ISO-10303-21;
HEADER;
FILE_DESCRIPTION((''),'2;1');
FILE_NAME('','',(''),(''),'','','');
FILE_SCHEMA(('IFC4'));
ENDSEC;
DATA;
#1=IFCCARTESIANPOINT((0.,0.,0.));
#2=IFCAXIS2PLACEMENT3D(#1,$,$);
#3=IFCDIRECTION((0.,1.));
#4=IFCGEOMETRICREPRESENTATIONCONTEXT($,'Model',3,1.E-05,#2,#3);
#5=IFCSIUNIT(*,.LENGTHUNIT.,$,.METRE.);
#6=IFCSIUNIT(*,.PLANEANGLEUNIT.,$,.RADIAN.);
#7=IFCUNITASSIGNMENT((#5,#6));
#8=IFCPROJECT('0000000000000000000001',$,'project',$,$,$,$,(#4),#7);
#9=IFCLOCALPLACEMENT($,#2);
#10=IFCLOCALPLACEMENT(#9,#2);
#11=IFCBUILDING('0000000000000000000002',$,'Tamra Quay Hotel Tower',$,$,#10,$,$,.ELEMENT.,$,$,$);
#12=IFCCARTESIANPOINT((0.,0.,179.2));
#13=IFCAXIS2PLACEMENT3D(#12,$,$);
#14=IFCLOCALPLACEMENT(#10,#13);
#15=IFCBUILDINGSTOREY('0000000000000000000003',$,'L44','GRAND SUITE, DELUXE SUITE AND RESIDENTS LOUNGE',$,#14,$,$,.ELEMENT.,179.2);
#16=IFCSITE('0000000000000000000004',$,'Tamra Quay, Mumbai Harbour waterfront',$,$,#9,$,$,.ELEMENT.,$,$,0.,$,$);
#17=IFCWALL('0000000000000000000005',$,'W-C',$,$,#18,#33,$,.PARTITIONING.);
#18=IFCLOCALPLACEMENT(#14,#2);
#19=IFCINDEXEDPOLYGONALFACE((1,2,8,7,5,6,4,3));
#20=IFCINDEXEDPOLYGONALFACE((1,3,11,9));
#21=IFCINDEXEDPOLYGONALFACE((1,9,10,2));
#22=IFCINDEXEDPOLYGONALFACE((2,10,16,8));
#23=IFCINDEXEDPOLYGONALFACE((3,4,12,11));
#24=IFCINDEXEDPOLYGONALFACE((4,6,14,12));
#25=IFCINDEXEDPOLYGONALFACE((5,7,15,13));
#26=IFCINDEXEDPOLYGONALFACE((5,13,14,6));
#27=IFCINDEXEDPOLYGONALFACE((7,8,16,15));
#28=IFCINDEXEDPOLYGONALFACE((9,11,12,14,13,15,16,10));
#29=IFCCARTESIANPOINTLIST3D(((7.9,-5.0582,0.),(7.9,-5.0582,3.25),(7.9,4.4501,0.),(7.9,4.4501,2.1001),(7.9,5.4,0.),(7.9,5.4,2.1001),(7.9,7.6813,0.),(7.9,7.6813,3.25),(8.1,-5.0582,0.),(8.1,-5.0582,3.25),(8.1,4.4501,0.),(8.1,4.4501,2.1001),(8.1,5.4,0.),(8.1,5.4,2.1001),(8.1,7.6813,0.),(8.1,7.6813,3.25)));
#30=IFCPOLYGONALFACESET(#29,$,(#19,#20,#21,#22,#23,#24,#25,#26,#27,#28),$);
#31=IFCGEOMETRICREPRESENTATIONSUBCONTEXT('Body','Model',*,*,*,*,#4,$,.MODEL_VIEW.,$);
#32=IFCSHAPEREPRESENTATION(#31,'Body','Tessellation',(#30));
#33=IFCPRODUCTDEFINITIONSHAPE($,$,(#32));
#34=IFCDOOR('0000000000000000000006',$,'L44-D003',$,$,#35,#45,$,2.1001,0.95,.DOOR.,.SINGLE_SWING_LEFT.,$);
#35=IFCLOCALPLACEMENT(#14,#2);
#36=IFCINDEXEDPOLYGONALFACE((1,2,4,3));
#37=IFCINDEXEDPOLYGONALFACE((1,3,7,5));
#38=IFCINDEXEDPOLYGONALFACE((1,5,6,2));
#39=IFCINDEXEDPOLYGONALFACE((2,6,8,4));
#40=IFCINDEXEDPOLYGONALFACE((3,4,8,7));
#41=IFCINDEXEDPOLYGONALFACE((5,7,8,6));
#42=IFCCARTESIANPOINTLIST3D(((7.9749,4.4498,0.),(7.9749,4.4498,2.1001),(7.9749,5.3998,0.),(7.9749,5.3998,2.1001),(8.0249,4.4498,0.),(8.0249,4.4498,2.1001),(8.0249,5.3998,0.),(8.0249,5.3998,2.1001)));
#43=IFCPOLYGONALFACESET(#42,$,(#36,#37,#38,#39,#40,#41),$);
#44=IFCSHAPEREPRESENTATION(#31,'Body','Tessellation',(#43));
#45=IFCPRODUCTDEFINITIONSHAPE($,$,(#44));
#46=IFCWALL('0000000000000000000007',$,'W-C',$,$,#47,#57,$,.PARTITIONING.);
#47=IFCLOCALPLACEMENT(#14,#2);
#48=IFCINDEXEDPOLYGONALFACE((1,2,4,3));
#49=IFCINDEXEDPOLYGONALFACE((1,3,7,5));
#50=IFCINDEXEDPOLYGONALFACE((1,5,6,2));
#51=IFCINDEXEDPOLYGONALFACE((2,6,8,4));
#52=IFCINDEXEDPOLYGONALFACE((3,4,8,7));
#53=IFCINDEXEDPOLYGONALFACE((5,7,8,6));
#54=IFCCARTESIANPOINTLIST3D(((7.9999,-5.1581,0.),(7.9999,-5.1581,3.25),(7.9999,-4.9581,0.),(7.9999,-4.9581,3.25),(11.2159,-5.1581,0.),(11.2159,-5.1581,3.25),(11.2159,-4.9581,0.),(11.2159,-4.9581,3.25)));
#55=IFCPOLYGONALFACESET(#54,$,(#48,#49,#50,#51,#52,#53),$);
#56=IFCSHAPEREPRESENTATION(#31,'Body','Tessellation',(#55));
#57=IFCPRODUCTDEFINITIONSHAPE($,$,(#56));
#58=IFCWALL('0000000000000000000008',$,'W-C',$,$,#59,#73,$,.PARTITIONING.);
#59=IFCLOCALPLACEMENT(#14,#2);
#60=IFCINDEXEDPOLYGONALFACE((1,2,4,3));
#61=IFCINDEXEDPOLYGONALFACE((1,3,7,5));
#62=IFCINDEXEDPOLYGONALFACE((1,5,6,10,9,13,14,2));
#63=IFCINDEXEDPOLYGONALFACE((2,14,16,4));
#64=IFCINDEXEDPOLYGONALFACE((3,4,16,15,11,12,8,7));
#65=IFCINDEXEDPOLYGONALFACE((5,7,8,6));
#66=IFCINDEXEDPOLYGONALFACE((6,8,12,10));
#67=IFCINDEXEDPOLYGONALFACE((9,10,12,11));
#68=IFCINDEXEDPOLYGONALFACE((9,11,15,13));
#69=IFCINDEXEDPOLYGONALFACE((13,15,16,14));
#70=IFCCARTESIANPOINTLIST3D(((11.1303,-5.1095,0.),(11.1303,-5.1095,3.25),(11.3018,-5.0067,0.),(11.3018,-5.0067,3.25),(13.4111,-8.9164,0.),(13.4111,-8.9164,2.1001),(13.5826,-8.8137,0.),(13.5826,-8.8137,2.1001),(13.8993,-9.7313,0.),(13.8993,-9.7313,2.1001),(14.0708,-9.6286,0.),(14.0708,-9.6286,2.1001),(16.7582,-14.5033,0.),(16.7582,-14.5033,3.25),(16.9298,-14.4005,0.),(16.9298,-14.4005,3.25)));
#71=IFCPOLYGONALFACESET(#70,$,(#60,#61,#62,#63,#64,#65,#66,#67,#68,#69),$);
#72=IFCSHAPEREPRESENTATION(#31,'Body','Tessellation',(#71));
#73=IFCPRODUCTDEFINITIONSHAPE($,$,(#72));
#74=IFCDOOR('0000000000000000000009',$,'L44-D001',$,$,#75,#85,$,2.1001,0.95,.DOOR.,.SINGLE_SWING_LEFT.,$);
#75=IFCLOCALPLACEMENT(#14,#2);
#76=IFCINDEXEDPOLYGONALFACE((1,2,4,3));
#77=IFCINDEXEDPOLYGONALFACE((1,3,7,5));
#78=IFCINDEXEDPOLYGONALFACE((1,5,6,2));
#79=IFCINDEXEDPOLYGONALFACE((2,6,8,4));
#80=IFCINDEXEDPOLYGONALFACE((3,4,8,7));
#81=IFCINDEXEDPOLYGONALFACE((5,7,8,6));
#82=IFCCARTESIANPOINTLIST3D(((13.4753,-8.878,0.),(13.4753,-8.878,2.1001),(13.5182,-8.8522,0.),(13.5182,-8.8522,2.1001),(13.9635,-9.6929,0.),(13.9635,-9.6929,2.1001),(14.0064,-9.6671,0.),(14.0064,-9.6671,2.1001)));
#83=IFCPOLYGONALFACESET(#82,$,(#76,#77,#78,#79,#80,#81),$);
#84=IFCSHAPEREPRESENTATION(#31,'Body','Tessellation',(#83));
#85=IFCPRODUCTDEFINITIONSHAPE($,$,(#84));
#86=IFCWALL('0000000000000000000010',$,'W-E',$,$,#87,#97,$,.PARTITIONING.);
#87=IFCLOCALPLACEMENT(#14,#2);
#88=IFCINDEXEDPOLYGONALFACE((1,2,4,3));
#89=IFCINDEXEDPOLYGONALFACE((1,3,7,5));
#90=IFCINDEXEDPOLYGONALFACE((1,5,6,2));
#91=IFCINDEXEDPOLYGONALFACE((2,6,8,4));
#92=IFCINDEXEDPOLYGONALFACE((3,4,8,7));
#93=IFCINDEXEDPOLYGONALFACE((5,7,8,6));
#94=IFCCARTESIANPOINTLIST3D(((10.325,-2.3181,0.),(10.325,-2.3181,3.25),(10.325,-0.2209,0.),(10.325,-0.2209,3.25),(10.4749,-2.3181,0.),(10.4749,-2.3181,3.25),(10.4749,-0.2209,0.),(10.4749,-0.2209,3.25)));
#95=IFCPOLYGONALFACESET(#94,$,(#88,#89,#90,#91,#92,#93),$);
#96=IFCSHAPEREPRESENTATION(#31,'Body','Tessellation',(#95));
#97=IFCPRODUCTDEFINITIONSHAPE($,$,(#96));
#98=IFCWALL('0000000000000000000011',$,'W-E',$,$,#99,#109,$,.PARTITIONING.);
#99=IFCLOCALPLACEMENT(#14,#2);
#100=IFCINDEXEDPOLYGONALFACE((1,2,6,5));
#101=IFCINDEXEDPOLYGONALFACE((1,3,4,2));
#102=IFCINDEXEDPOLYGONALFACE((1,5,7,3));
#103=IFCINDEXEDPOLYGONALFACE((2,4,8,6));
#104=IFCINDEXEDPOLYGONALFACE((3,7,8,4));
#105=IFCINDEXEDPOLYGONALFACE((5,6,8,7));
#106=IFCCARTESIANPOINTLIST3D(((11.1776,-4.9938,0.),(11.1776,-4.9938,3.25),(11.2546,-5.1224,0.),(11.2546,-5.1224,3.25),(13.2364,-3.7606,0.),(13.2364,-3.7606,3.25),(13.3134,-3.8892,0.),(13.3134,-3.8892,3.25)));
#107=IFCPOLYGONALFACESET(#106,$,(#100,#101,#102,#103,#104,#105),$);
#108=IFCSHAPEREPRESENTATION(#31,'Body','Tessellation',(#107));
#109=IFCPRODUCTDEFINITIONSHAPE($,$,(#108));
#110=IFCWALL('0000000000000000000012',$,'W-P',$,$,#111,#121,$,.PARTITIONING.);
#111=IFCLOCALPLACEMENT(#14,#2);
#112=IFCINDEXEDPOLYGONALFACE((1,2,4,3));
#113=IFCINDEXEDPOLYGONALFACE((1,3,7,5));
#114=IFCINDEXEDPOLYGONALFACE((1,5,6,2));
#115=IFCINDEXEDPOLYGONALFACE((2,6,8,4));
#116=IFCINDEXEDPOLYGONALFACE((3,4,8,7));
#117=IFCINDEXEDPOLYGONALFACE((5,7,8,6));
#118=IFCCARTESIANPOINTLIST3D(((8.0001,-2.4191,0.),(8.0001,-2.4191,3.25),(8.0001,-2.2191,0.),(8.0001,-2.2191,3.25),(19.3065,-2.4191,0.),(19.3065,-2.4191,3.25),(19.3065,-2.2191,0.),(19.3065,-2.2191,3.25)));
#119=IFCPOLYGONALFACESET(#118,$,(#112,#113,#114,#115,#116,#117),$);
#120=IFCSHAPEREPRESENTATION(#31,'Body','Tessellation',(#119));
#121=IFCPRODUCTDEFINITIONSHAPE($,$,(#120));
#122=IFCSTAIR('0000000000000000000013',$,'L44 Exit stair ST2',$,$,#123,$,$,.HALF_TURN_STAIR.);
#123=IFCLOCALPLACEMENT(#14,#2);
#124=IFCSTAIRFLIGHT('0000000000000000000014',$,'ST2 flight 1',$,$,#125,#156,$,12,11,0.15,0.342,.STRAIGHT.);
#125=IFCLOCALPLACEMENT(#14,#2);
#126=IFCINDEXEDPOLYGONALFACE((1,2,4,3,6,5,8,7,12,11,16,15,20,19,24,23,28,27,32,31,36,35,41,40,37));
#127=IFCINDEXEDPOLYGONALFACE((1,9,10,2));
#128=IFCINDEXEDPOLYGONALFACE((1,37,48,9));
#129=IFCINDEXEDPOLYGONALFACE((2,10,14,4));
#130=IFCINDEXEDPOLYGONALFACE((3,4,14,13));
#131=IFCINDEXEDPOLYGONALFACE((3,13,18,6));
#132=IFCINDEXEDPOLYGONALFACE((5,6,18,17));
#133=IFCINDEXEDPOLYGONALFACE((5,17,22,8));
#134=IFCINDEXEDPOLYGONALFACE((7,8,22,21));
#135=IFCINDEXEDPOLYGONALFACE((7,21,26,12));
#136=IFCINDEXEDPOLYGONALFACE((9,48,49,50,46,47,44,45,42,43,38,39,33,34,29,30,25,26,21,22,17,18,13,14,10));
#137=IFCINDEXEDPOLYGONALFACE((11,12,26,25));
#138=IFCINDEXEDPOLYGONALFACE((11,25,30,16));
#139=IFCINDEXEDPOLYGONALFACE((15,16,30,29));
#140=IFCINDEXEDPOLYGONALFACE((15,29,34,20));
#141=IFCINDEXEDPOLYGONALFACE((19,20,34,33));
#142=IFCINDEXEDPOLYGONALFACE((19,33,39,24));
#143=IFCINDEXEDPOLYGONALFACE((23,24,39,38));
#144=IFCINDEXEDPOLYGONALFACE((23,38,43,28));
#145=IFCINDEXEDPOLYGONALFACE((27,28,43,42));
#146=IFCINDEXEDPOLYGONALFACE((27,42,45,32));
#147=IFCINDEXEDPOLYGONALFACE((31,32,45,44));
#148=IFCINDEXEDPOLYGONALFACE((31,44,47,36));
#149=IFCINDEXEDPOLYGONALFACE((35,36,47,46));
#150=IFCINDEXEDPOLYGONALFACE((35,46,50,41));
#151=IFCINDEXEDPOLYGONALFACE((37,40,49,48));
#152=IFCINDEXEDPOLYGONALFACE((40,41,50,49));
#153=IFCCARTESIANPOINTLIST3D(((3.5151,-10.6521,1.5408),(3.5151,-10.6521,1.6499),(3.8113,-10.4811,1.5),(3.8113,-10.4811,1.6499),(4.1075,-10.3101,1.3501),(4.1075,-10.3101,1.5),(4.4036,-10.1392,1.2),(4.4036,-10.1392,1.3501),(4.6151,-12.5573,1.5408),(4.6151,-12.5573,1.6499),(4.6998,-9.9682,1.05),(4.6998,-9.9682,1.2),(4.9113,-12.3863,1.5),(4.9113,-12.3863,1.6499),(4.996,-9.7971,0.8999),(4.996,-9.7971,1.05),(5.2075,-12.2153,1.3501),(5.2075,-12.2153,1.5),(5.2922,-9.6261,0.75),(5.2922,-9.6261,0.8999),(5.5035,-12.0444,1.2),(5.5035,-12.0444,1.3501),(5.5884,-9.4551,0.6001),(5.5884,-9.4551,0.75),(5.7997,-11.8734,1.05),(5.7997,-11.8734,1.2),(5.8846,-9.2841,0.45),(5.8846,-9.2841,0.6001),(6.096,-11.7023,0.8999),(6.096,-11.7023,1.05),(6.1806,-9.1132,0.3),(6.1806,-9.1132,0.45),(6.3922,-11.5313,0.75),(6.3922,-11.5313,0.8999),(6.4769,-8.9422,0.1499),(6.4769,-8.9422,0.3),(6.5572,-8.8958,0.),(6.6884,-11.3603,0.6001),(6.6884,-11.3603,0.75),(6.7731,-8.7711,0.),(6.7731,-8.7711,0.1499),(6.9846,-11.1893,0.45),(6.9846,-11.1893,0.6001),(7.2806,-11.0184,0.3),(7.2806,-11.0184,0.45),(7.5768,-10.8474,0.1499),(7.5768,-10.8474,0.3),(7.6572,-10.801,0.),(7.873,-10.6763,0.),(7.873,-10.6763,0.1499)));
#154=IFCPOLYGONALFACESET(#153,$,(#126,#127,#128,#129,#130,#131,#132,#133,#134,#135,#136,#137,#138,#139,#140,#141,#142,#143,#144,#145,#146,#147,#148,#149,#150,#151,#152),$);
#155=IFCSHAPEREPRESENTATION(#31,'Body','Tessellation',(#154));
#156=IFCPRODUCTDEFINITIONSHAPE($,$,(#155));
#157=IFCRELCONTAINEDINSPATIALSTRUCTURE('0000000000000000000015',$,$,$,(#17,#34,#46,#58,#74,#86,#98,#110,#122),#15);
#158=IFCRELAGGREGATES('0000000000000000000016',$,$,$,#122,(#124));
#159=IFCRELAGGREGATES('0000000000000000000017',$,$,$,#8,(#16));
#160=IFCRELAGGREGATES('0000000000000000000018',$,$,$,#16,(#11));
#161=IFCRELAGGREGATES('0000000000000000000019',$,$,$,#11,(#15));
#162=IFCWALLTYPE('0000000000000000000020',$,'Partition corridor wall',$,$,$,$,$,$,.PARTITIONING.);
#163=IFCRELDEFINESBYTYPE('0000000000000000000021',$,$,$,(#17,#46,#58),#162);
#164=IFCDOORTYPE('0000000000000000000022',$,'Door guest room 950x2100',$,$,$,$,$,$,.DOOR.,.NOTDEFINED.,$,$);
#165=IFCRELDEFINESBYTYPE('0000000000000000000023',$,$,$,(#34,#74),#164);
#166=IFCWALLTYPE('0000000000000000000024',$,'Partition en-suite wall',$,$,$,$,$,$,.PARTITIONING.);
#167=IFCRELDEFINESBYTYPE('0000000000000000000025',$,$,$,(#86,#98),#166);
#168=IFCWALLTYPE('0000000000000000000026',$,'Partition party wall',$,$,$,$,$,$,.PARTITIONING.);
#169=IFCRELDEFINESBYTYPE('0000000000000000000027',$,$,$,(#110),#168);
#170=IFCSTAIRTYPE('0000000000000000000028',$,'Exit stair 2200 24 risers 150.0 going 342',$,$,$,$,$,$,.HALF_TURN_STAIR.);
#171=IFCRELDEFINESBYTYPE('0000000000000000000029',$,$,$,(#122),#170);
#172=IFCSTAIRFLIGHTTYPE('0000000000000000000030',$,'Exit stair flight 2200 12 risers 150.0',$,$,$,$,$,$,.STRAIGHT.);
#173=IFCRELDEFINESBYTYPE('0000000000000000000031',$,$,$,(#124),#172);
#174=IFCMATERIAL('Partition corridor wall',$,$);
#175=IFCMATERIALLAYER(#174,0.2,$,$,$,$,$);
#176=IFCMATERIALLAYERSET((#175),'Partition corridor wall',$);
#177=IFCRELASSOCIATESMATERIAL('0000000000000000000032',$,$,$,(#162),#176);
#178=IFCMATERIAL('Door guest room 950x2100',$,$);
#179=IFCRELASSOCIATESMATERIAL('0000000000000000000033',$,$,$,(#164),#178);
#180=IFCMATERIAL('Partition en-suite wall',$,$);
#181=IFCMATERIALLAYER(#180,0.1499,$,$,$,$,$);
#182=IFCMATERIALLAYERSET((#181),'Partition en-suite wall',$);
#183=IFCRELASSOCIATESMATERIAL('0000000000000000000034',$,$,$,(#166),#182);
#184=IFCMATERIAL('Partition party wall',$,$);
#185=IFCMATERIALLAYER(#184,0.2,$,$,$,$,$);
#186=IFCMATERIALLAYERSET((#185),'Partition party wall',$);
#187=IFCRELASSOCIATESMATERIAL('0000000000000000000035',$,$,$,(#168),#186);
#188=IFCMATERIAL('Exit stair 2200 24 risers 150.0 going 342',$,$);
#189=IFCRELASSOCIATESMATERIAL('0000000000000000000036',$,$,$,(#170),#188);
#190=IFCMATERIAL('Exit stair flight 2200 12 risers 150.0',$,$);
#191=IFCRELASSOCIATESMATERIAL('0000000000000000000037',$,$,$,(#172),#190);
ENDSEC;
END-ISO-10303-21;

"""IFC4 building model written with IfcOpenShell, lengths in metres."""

from ifc_helpers import new_model, si_unit, direction, frame, frame_2d, origin, place, context, subcontext, project, spatial, polyline, rectangle, outline, extrude, material, layer, layer_set, type_object, element, fill, aggregate, save


model = new_model("IFC4")

# Units and contexts
model_context = context("Model", 3, precision=1e-05, world=origin(), true_north=direction((0.0, 1.0)))
body_context = subcontext(model_context, "Body", "Model", "MODEL_VIEW")
ifc_project = project(units=[si_unit("LENGTHUNIT", "METRE"), si_unit("PLANEANGLEUNIT", "RADIAN")], contexts=[model_context])

# Site, building, storey
site_placement = place(None, origin())
site = spatial("IfcSite", under=ifc_project, at=site_placement, Name="Tamra Quay, Mumbai Harbour waterfront", CompositionType="ELEMENT", RefElevation=0.0)
building_placement = place(site_placement, origin())
building = spatial("IfcBuilding", under=site, at=building_placement, Name="Tamra Quay Hotel Tower", CompositionType="ELEMENT")
storey_placement = place(building_placement, frame((0.0, 0.0, 179.2)))
storey = spatial("IfcBuildingStorey", under=building, at=storey_placement, Name="L44", Description="GRAND SUITE, DELUXE SUITE AND RESIDENTS LOUNGE", CompositionType="ELEMENT", Elevation=179.2)

# Shared definitions
ifc_material_1 = material(Name="Partition corridor wall")
ifc_layer_1 = layer(ifc_material_1, 0.2)
ifc_layer_set_1 = layer_set([ifc_layer_1], Name="Partition corridor wall")
wall_type_1 = type_object("IfcWallType", Name="Partition corridor wall", PredefinedType="PARTITIONING", material=ifc_layer_set_1)

# Wall, opening, door
wall_1_placement = place(storey_placement, frame((8.0, -5.0581, 0.0), z_axis=(0.0, 0.0, 1.0), x_axis=(0.0, 1.0, 0.0)))
wall_1 = element("IfcWall", 1, at=wall_1_placement, inside=storey, type_object=wall_type_1, Name="W-C", PredefinedType="PARTITIONING", context=body_context, shape_type="SweptSolid", body=[
    extrude(rectangle(XDim=12.7395, YDim=0.2, at=frame_2d((6.3696, 0.0))), origin(), (0.0, 0.0, 1.0), 3.25),
])
opening_1_placement = place(wall_1_placement, frame((9.5081, 0.0, 0.0)))
opening_1 = element("IfcOpeningElement", 2, at=opening_1_placement, cuts=wall_1, PredefinedType="OPENING", context=body_context, shape_type="SweptSolid", body=[
    extrude(rectangle(XDim=0.95, YDim=2.1001, at=frame_2d((0.4751, 1.05))), frame((0.0, 0.1099, 0.0), z_axis=(0.0, -1.0, 0.0), x_axis=(1.0, 0.0, 0.0)), (0.0, 0.0, 1.0), 0.22),
])
ifc_material_2 = material(Name="Door guest room 950x2100")
door_type_1 = type_object("IfcDoorType", Name="Door guest room 950x2100", OperationType="NOTDEFINED", PredefinedType="DOOR", material=ifc_material_2)
door_1_placement = place(opening_1_placement, frame((0.95, 0.0, 0.0), z_axis=(0.0, 0.0, 1.0), x_axis=(-1.0, 0.0, 0.0)))
door_1 = element("IfcDoor", 3, at=door_1_placement, inside=storey, type_object=door_type_1, Name="L44-D003", OperationType="SINGLE_SWING_LEFT", OverallHeight=2.1001, OverallWidth=0.95, PredefinedType="DOOR", context=body_context, shape_type="SweptSolid", body=[
    extrude(rectangle(XDim=0.95, YDim=2.1001, at=frame_2d((0.4751, 1.05))), frame((0.0, 0.0249, 0.0), z_axis=(0.0, -1.0, 0.0), x_axis=(1.0, 0.0, 0.0)), (0.0, 0.0, 1.0), 0.05),
])
fill(opening_1, door_1)

# Wall
wall_2_placement = place(storey_placement, frame((8.0, -5.0581, 0.0), z_axis=(0.0, 0.0, 1.0), x_axis=(1.0, 0.0, 0.0)))
element("IfcWall", 4, at=wall_2_placement, inside=storey, type_object=wall_type_1, Name="W-C", PredefinedType="PARTITIONING", context=body_context, shape_type="SweptSolid", body=[
    extrude(rectangle(XDim=3.2161, YDim=0.2, at=frame_2d((1.6079, 0.0))), origin(), (0.0, 0.0, 1.0), 3.25),
])

# Wall, opening, door
wall_3_placement = place(storey_placement, frame((11.2161, -5.0581, 0.0), z_axis=(0.0, 0.0, 1.0), x_axis=(0.513935, -0.857829, 0.0)))
wall_3 = element("IfcWall", 5, at=wall_3_placement, inside=storey, type_object=wall_type_1, Name="W-C", PredefinedType="PARTITIONING", context=body_context, shape_type="SweptSolid", body=[
    extrude(rectangle(XDim=10.9507, YDim=0.2, at=frame_2d((5.4753, 0.0))), origin(), (0.0, 0.0, 1.0), 3.25),
])
opening_2_placement = place(wall_3_placement, frame((4.4377, 0.0, 0.0)))
opening_2 = element("IfcOpeningElement", 6, at=opening_2_placement, cuts=wall_3, PredefinedType="OPENING", context=body_context, shape_type="SweptSolid", body=[
    extrude(rectangle(XDim=0.95, YDim=2.1001, at=frame_2d((0.4751, 1.05))), frame((0.0, 0.1099, 0.0), z_axis=(0.0, -1.0, 0.0), x_axis=(1.0, 0.0, 0.0)), (0.0, 0.0, 1.0), 0.22),
])
door_2_placement = place(opening_2_placement, origin())
door_2 = element("IfcDoor", 7, at=door_2_placement, inside=storey, type_object=door_type_1, Name="L44-D001", OperationType="SINGLE_SWING_LEFT", OverallHeight=2.1001, OverallWidth=0.95, PredefinedType="DOOR", context=body_context, shape_type="SweptSolid", body=[
    extrude(rectangle(XDim=0.95, YDim=2.1001, at=frame_2d((0.4751, 1.05))), frame((0.0, 0.0249, 0.0), z_axis=(0.0, -1.0, 0.0), x_axis=(1.0, 0.0, 0.0)), (0.0, 0.0, 1.0), 0.05),
])
fill(opening_2, door_2)

# Walls
ifc_material_3 = material(Name="Partition en-suite wall")
ifc_layer_2 = layer(ifc_material_3, 0.1499)
ifc_layer_set_2 = layer_set([ifc_layer_2], Name="Partition en-suite wall")
wall_type_2 = type_object("IfcWallType", Name="Partition en-suite wall", PredefinedType="PARTITIONING", material=ifc_layer_set_2)
wall_4_placement = place(storey_placement, frame((10.3999, -2.3181, 0.0), z_axis=(0.0, 0.0, 1.0), x_axis=(0.0, 1.0, 0.0)))
element("IfcWall", 8, at=wall_4_placement, inside=storey, type_object=wall_type_2, Name="W-E", PredefinedType="PARTITIONING", context=body_context, shape_type="SweptSolid", body=[
    extrude(rectangle(XDim=2.0972, YDim=0.1499, at=frame_2d((1.0486, 0.0))), origin(), (0.0, 0.0, 1.0), 3.25),
])
wall_5_placement = place(storey_placement, frame((11.2161, -5.0581, 0.0), z_axis=(0.0, 0.0, 1.0), x_axis=(0.857888, 0.513837, 0.0)))
element("IfcWall", 9, at=wall_5_placement, inside=storey, type_object=wall_type_2, Name="W-E", PredefinedType="PARTITIONING", context=body_context, shape_type="SweptSolid", body=[
    extrude(rectangle(XDim=2.3999, YDim=0.1499, at=frame_2d((1.2, 0.0))), origin(), (0.0, 0.0, 1.0), 3.25),
])
ifc_material_4 = material(Name="Partition party wall")
ifc_layer_3 = layer(ifc_material_4, 0.2)
ifc_layer_set_3 = layer_set([ifc_layer_3], Name="Partition party wall")
wall_type_3 = type_object("IfcWallType", Name="Partition party wall", PredefinedType="PARTITIONING", material=ifc_layer_set_3)
wall_6_placement = place(storey_placement, frame((8.0, -2.3191, 0.0), z_axis=(0.0, 0.0, 1.0), x_axis=(1.0, 0.0, 0.0)))
element("IfcWall", 10, at=wall_6_placement, inside=storey, type_object=wall_type_3, Name="W-P", PredefinedType="PARTITIONING", context=body_context, shape_type="SweptSolid", body=[
    extrude(rectangle(XDim=11.3064, YDim=0.2, at=frame_2d((5.6533, 0.0))), origin(), (0.0, 0.0, 1.0), 3.25),
])

# Stair, stair flight
ifc_material_5 = material(Name="Exit stair 2200 24 risers 150.0 going 342")
stair_type = type_object("IfcStairType", Name="Exit stair 2200 24 risers 150.0 going 342", PredefinedType="HALF_TURN_STAIR", material=ifc_material_5)
stair_placement = place(storey_placement, origin())
stair = element("IfcStair", 11, at=stair_placement, inside=storey, type_object=stair_type, Name="L44 Exit stair ST2", PredefinedType="HALF_TURN_STAIR")
ifc_material_6 = material(Name="Exit stair flight 2200 12 risers 150.0")
stair_flight_type = type_object("IfcStairFlightType", Name="Exit stair flight 2200 12 risers 150.0", PredefinedType="STRAIGHT", material=ifc_material_6)
stair_flight_1_placement = place(storey_placement, frame((7.323, -9.7236, 0.0), z_axis=(0.0, 0.0, 1.0), x_axis=(-0.866025, -0.5, 0.0)))
stair_flight_1 = element("IfcStairFlight", 12, at=stair_flight_1_placement, type_object=stair_flight_type, Name="ST2 flight 1", NumberOfRisers=12, NumberOfTreads=11, PredefinedType="STRAIGHT", RiserHeight=0.15, TreadLength=0.342, context=body_context, shape_type="SweptSolid", body=[
    extrude(outline(polyline([(0.0, 0.0), (0.0, 0.1499), (0.342, 0.1499), (0.342, 0.3), (0.6841, 0.3), (0.6841, 0.45), (1.0259, 0.45), (1.0259, 0.6001), (1.3679, 0.6001), (1.3679, 0.75), (1.71, 0.75), (1.71, 0.8999), (2.052, 0.8999), (2.052, 1.05), (2.394, 1.05), (2.394, 1.2), (2.7361, 1.2), (2.7361, 1.3501), (3.0779, 1.3501), (3.0779, 1.5), (3.4199, 1.5), (3.4199, 1.6499), (3.762, 1.6499), (3.762, 1.8), (3.762, 1.5408), (0.2493, 0.0), (0.0, 0.0)])), frame((0.0, 1.1001, 0.0), z_axis=(0.0, -1.0, 0.0), x_axis=(1.0, 0.0, 0.0)), (0.0, 0.0, 1.0), 2.2),
])
aggregate(stair, [stair_flight_1])

save(model, "model.ifc")
